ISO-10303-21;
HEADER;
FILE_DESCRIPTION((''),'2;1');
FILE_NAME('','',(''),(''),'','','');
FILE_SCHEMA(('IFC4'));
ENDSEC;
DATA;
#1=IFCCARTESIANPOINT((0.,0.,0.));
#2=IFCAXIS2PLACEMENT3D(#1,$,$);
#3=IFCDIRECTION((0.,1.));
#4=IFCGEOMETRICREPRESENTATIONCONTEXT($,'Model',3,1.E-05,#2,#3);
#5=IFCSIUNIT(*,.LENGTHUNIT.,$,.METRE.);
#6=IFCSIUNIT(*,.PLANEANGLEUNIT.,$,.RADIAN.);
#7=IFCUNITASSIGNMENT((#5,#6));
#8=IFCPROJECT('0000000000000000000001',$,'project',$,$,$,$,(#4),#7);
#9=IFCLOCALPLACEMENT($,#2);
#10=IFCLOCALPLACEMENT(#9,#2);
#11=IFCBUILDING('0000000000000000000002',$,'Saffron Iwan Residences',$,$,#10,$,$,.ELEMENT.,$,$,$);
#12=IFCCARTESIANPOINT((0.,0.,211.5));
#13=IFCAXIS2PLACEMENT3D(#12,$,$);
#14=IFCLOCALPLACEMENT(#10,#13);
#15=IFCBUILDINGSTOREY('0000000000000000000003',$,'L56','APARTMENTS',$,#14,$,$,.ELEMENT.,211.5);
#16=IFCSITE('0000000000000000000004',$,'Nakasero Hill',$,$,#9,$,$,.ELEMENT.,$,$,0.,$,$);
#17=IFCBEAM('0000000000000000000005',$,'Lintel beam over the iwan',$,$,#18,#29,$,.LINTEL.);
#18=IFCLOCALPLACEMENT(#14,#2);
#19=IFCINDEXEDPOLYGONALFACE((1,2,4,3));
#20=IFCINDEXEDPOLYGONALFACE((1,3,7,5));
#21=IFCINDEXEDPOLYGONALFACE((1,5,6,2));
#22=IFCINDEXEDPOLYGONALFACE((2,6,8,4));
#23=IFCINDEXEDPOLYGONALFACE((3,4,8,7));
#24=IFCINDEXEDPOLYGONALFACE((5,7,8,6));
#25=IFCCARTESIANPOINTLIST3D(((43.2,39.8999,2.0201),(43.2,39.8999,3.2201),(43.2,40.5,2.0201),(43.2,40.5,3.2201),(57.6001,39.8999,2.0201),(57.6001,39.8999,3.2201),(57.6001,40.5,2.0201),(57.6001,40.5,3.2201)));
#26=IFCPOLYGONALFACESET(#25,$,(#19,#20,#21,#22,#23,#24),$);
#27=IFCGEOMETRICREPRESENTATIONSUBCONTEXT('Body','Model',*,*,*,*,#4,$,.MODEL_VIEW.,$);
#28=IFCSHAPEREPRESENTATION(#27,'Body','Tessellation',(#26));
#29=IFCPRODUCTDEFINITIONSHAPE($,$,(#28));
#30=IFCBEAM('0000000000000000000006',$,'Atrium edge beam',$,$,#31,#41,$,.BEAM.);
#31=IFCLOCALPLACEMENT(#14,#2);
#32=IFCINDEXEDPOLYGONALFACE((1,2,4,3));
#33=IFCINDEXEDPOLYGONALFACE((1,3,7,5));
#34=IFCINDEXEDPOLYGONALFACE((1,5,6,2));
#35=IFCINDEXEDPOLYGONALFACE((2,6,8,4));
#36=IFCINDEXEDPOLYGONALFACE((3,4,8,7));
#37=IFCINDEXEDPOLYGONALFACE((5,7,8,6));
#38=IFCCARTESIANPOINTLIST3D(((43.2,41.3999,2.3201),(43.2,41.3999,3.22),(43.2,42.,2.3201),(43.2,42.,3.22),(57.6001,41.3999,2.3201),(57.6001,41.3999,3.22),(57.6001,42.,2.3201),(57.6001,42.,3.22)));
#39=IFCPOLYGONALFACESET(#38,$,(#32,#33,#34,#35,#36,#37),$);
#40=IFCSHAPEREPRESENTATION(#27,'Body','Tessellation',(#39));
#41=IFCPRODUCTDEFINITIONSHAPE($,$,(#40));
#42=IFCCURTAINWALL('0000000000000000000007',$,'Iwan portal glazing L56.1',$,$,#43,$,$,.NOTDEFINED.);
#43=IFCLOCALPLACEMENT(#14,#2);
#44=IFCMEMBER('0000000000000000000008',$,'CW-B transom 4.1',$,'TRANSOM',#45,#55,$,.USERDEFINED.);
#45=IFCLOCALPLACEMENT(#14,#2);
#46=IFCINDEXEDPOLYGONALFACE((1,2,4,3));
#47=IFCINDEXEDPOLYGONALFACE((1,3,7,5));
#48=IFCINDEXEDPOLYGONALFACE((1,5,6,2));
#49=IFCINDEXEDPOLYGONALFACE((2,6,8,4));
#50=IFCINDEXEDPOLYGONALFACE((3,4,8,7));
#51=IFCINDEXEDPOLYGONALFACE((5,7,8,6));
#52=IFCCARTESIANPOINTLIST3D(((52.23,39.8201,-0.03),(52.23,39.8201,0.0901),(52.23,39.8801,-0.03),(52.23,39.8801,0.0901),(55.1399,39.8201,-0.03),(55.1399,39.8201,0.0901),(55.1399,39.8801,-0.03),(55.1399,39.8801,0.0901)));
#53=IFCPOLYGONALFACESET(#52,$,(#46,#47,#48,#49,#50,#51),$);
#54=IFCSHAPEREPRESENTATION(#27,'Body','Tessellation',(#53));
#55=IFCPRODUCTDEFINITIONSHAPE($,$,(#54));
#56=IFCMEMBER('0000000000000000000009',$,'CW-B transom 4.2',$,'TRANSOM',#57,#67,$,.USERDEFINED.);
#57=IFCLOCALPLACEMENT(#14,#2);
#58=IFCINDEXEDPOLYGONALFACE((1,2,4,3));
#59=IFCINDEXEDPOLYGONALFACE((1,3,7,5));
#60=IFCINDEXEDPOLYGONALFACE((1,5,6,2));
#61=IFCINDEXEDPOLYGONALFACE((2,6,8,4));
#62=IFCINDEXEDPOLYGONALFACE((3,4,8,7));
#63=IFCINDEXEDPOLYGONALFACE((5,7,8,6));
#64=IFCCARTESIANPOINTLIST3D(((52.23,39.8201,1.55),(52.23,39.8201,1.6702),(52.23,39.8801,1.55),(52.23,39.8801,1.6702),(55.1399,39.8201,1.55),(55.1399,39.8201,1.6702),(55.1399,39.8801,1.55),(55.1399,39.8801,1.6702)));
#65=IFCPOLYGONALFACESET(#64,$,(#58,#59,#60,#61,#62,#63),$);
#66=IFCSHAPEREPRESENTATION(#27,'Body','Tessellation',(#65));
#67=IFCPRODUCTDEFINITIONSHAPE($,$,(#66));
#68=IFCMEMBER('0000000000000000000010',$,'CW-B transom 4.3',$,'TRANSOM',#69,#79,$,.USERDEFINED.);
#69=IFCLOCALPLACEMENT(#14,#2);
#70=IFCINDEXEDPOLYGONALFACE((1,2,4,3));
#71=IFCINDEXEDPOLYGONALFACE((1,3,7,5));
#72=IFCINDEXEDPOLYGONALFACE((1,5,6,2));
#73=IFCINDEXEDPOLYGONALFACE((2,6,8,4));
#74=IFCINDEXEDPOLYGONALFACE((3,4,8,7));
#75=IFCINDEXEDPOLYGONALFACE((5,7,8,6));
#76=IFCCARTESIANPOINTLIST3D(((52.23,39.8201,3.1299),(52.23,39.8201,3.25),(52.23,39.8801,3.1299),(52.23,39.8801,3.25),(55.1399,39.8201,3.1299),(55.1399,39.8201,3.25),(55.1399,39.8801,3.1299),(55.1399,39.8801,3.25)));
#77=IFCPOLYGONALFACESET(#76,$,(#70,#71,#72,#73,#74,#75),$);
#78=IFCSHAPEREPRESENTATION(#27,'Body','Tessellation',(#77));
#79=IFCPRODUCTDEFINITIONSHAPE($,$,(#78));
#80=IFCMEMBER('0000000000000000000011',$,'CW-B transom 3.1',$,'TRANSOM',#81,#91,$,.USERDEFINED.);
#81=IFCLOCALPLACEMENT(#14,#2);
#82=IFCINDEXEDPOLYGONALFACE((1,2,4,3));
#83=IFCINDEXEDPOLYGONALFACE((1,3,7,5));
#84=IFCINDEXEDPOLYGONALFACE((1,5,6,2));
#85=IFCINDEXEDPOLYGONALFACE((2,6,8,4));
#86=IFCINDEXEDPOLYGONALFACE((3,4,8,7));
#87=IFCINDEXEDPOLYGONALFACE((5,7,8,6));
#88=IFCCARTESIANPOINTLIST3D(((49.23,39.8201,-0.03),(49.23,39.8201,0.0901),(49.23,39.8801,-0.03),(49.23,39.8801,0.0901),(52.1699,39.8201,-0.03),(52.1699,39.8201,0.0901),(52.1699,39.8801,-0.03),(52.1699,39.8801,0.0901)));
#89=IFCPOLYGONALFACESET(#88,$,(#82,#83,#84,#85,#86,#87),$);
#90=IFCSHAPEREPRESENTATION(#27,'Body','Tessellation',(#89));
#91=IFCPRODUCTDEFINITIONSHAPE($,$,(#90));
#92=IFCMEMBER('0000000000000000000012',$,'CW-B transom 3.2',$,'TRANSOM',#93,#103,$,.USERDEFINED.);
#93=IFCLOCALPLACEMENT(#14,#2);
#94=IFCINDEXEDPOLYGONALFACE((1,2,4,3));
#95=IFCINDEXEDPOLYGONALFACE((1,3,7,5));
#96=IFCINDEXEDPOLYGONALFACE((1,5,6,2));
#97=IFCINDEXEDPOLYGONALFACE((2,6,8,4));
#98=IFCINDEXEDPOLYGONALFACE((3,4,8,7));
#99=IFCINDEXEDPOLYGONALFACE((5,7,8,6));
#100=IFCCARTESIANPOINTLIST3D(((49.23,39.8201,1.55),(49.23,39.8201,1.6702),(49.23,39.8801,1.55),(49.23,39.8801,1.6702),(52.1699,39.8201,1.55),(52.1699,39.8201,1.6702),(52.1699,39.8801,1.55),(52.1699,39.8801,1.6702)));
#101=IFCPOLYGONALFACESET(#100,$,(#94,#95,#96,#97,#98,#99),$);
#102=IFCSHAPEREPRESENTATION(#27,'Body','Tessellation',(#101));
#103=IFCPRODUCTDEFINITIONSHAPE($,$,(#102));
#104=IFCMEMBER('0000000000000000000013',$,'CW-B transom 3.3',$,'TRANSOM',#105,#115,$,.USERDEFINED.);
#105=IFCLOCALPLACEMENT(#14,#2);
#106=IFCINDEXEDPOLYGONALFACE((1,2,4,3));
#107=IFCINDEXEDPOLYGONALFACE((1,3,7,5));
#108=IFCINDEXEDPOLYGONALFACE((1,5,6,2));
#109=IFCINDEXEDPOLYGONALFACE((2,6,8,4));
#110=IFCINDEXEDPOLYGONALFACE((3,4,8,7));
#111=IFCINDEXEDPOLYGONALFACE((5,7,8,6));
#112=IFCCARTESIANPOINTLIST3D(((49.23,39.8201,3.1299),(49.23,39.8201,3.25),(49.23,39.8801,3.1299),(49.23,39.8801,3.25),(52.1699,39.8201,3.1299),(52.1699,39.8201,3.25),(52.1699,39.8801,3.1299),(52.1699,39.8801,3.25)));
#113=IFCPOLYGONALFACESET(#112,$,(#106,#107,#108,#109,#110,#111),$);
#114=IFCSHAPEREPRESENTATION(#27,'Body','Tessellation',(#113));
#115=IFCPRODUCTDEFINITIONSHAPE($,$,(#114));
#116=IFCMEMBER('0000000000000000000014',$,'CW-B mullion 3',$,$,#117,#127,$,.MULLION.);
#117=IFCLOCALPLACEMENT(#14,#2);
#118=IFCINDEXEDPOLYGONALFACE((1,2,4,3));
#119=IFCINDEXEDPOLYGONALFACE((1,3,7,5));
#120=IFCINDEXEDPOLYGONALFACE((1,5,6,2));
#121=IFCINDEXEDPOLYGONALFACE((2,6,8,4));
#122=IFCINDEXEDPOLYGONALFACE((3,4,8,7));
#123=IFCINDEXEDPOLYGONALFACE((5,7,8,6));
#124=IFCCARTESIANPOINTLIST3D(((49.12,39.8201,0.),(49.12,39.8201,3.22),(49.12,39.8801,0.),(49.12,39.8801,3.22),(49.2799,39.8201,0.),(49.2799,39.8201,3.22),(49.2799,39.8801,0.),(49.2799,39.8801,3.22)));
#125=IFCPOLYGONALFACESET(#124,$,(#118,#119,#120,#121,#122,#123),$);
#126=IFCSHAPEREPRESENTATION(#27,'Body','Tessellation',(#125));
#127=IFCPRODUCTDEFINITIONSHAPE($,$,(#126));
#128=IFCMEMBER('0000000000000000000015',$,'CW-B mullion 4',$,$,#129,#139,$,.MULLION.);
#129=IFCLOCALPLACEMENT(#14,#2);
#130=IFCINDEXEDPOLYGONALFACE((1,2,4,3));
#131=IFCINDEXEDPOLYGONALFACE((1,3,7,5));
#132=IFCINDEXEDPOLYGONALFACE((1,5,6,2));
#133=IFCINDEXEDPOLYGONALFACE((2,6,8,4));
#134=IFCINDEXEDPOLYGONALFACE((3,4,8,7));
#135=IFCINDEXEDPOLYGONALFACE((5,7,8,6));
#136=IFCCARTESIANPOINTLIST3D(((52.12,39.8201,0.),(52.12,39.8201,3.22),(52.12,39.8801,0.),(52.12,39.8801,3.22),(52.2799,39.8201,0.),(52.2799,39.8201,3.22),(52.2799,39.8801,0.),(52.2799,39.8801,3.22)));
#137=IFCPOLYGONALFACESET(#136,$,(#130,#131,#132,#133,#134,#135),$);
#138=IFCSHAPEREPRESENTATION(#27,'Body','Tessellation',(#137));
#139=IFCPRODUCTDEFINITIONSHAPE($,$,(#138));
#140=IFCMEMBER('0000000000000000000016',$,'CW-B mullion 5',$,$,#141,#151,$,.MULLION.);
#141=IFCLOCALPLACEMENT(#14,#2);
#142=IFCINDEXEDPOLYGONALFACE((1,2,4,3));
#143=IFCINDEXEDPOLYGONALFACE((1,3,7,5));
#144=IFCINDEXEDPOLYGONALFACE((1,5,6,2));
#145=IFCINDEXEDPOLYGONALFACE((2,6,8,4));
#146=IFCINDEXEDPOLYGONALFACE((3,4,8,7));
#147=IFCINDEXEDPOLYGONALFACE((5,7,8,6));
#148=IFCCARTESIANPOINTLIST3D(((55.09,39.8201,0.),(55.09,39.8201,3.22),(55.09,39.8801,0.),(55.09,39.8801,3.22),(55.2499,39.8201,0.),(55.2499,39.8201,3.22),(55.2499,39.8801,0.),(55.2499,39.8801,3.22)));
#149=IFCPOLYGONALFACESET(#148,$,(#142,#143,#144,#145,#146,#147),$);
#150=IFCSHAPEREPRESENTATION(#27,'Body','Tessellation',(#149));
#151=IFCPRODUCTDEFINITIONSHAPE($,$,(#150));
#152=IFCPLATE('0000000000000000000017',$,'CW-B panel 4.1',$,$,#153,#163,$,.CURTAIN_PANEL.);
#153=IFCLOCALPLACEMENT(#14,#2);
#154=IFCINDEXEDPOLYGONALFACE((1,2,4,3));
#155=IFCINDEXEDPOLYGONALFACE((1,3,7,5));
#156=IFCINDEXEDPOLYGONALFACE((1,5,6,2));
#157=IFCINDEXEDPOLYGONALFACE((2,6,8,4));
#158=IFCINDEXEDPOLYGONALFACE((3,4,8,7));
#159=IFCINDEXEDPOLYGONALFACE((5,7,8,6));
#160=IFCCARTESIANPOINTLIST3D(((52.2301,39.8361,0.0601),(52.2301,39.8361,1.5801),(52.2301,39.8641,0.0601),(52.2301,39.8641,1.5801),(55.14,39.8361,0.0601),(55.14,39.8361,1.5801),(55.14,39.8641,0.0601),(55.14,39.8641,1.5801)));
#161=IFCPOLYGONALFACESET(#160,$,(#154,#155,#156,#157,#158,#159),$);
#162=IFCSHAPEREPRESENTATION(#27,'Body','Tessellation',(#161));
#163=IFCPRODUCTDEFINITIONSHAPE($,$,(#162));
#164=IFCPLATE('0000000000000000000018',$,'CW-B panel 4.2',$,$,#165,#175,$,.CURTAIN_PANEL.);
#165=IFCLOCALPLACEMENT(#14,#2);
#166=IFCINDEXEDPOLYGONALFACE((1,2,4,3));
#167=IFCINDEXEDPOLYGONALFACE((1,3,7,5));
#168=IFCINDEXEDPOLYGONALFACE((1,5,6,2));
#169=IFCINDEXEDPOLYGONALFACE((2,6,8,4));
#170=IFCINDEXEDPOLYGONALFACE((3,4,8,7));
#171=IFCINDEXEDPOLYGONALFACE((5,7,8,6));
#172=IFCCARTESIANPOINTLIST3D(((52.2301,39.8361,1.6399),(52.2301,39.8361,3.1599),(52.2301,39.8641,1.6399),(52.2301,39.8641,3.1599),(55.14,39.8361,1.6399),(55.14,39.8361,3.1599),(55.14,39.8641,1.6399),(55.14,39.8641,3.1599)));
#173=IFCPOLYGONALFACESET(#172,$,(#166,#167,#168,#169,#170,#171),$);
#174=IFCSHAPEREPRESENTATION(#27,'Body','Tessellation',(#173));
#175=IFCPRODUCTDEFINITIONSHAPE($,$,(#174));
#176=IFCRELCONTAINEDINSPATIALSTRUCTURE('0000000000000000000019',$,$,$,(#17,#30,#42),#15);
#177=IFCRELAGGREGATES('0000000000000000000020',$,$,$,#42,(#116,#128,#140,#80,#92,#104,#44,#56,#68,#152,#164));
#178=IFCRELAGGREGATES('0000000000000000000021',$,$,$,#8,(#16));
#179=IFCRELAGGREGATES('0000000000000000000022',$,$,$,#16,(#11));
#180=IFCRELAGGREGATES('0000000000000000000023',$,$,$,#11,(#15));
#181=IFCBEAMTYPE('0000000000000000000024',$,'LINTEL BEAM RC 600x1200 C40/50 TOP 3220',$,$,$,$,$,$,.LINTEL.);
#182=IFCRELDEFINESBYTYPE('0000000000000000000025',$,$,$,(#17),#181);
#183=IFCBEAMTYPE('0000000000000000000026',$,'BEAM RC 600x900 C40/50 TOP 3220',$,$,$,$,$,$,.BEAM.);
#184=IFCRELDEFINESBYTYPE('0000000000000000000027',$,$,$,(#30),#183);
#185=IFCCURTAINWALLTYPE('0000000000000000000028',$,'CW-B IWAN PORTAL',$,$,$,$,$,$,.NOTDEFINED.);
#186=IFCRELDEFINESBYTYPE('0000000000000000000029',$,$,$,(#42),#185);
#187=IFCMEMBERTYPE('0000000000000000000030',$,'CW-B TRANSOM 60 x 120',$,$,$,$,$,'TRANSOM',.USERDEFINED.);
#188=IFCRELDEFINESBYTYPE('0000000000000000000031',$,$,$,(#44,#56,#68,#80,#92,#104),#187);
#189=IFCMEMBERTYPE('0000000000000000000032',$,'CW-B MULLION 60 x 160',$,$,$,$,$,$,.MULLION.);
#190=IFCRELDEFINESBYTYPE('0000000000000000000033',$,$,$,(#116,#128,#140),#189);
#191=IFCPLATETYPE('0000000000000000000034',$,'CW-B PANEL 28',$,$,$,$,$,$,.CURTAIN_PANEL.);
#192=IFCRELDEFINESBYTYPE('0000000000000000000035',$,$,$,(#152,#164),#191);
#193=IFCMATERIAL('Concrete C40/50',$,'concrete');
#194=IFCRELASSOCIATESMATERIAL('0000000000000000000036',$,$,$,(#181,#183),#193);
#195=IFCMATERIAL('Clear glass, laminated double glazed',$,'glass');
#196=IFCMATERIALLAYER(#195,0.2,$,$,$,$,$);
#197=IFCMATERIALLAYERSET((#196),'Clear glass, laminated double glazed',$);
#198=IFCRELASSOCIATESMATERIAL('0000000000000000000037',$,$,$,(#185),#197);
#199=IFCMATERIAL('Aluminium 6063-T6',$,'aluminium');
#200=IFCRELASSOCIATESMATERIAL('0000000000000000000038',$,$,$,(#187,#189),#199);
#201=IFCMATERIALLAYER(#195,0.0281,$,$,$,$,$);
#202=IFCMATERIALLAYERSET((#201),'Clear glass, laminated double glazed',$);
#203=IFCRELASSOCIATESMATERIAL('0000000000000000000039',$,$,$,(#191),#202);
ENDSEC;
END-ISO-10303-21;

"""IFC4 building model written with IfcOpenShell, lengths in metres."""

from ifc_helpers import new_model, si_unit, direction, frame, origin, origin_2d, place, context, subcontext, project, spatial, rectangle, extrude, source, transform, mapped, material, layer, layer_set, material_profile, profile_set, type_object, element, aggregate, save


model = new_model("IFC4")

# Units and contexts
model_context = context("Model", 3, precision=1e-05, world=origin(), true_north=direction((0.0, 1.0)))
body_context = subcontext(model_context, "Body", "Model", "MODEL_VIEW")
ifc_project = project(units=[si_unit("LENGTHUNIT", "METRE"), si_unit("PLANEANGLEUNIT", "RADIAN")], contexts=[model_context])

# Site, building, storey
site_placement = place(None, origin())
site = spatial("IfcSite", under=ifc_project, at=site_placement, Name="Nakasero Hill", CompositionType="ELEMENT", RefElevation=0.0)
building_placement = place(site_placement, origin())
building = spatial("IfcBuilding", under=site, at=building_placement, Name="Saffron Iwan Residences", CompositionType="ELEMENT")
storey_placement = place(building_placement, frame((0.0, 0.0, 211.5)))
storey = spatial("IfcBuildingStorey", under=building, at=storey_placement, Name="L56", Description="APARTMENTS", CompositionType="ELEMENT", Elevation=211.5)

# Beams
ifc_material_1 = material(Name="Concrete C40/50", Category="concrete")
ifc_material_profile_1 = material_profile(ifc_material_1, rectangle(XDim=0.6001, YDim=1.2, at=origin_2d()), Name="RC 600x1200")
ifc_profile_set_1 = profile_set([ifc_material_profile_1], Name="Concrete C40/50")
beam_type_1 = type_object("IfcBeamType", Name="LINTEL BEAM RC 600x1200 C40/50 TOP 3220", PredefinedType="LINTEL", material=ifc_profile_set_1)
shared_shape_1 = source(origin(), body_context, "Body", "SweptSolid", [
    extrude(rectangle(XDim=0.6001, YDim=1.2, at=origin_2d()), origin(), (0.0, 0.0, 1.0), 14.4001),
])
beam_1_placement = place(storey_placement, frame((57.6001, 40.2, 2.6201), z_axis=(-1.0, 0.0, 0.0), x_axis=(0.0, -1.0, 0.0)))
element("IfcBeam", 1, at=beam_1_placement, inside=storey, type_object=beam_type_1, Name="Lintel beam over the iwan", PredefinedType="LINTEL", context=body_context, shape_type="MappedRepresentation", body=[
    mapped(shared_shape_1, transform((0.0, 0.0, 0.0))),
])
ifc_material_profile_2 = material_profile(ifc_material_1, rectangle(XDim=0.6001, YDim=0.8999, at=origin_2d()), Name="RC 600x900")
ifc_profile_set_2 = profile_set([ifc_material_profile_2], Name="Concrete C40/50")
beam_type_2 = type_object("IfcBeamType", Name="BEAM RC 600x900 C40/50 TOP 3220", PredefinedType="BEAM", material=ifc_profile_set_2)
shared_shape_2 = source(origin(), body_context, "Body", "SweptSolid", [
    extrude(rectangle(XDim=0.6001, YDim=0.8999, at=origin_2d()), origin(), (0.0, 0.0, 1.0), 14.4001),
])
beam_2_placement = place(storey_placement, frame((57.6001, 41.7, 2.77), z_axis=(-1.0, 0.0, 0.0), x_axis=(0.0, -1.0, 0.0)))
element("IfcBeam", 2, at=beam_2_placement, inside=storey, type_object=beam_type_2, Name="Atrium edge beam", PredefinedType="BEAM", context=body_context, shape_type="MappedRepresentation", body=[
    mapped(shared_shape_2, transform((0.0, 0.0, 0.0))),
])

# Curtain wall, members, plates
ifc_material_2 = material(Name="Clear glass, laminated double glazed", Category="glass")
ifc_layer_1 = layer(ifc_material_2, 0.2)
ifc_layer_set_1 = layer_set([ifc_layer_1], Name="Clear glass, laminated double glazed")
curtain_wall_type = type_object("IfcCurtainWallType", Name="CW-B IWAN PORTAL", PredefinedType="NOTDEFINED", material=ifc_layer_set_1)
curtain_wall_placement = place(storey_placement, origin())
curtain_wall = element("IfcCurtainWall", 3, at=curtain_wall_placement, inside=storey, type_object=curtain_wall_type, Name="Iwan portal glazing L56.1", PredefinedType="NOTDEFINED")
ifc_material_3 = material(Name="Aluminium 6063-T6", Category="aluminium")
ifc_material_profile_3 = material_profile(ifc_material_3, rectangle(XDim=0.0601, YDim=0.1201, at=origin_2d()), Name="CW-B TRANSOM 60 x 120")
ifc_profile_set_3 = profile_set([ifc_material_profile_3], Name="Aluminium 6063-T6")
member_type_1 = type_object("IfcMemberType", Name="CW-B TRANSOM 60 x 120", ElementType="TRANSOM", PredefinedType="USERDEFINED", material=ifc_profile_set_3)
shared_shape_3 = source(origin(), body_context, "Body", "SweptSolid", [
    extrude(rectangle(XDim=0.0601, YDim=0.1201, at=origin_2d()), origin(), (0.0, 0.0, 1.0), 2.9099),
])
member_1_placement = place(storey_placement, frame((52.23, 39.8501, 0.03), z_axis=(1.0, 0.0, 0.0), x_axis=(0.0, 1.0, 0.0)))
member_1 = element("IfcMember", 4, at=member_1_placement, type_object=member_type_1, Name="CW-B transom 4.1", ObjectType="TRANSOM", PredefinedType="USERDEFINED", context=body_context, shape_type="MappedRepresentation", body=[
    mapped(shared_shape_3, transform((0.0, 0.0, 0.0))),
])
member_2_placement = place(storey_placement, frame((52.23, 39.8501, 1.6101), z_axis=(1.0, 0.0, 0.0), x_axis=(0.0, 1.0, 0.0)))
member_2 = element("IfcMember", 5, at=member_2_placement, type_object=member_type_1, Name="CW-B transom 4.2", ObjectType="TRANSOM", PredefinedType="USERDEFINED", context=body_context, shape_type="MappedRepresentation", body=[
    mapped(shared_shape_3, transform((0.0, 0.0, 0.0))),
])
member_3_placement = place(storey_placement, frame((52.23, 39.8501, 3.1899), z_axis=(1.0, 0.0, 0.0), x_axis=(0.0, 1.0, 0.0)))
member_3 = element("IfcMember", 6, at=member_3_placement, type_object=member_type_1, Name="CW-B transom 4.3", ObjectType="TRANSOM", PredefinedType="USERDEFINED", context=body_context, shape_type="MappedRepresentation", body=[
    mapped(shared_shape_3, transform((0.0, 0.0, 0.0))),
])
shared_shape_4 = source(origin(), body_context, "Body", "SweptSolid", [
    extrude(rectangle(XDim=0.0601, YDim=0.1201, at=origin_2d()), origin(), (0.0, 0.0, 1.0), 2.9399),
])
member_4_placement = place(storey_placement, frame((49.23, 39.8501, 0.03), z_axis=(1.0, 0.0, 0.0), x_axis=(0.0, 1.0, 0.0)))
member_4 = element("IfcMember", 7, at=member_4_placement, type_object=member_type_1, Name="CW-B transom 3.1", ObjectType="TRANSOM", PredefinedType="USERDEFINED", context=body_context, shape_type="MappedRepresentation", body=[
    mapped(shared_shape_4, transform((0.0, 0.0, 0.0))),
])
member_5_placement = place(storey_placement, frame((49.23, 39.8501, 1.6101), z_axis=(1.0, 0.0, 0.0), x_axis=(0.0, 1.0, 0.0)))
member_5 = element("IfcMember", 8, at=member_5_placement, type_object=member_type_1, Name="CW-B transom 3.2", ObjectType="TRANSOM", PredefinedType="USERDEFINED", context=body_context, shape_type="MappedRepresentation", body=[
    mapped(shared_shape_4, transform((0.0, 0.0, 0.0))),
])
member_6_placement = place(storey_placement, frame((49.23, 39.8501, 3.1899), z_axis=(1.0, 0.0, 0.0), x_axis=(0.0, 1.0, 0.0)))
member_6 = element("IfcMember", 9, at=member_6_placement, type_object=member_type_1, Name="CW-B transom 3.3", ObjectType="TRANSOM", PredefinedType="USERDEFINED", context=body_context, shape_type="MappedRepresentation", body=[
    mapped(shared_shape_4, transform((0.0, 0.0, 0.0))),
])
ifc_material_profile_4 = material_profile(ifc_material_3, rectangle(XDim=0.0601, YDim=0.1599, at=origin_2d()), Name="CW-B MULLION 60 x 160")
ifc_profile_set_4 = profile_set([ifc_material_profile_4], Name="Aluminium 6063-T6")
member_type_2 = type_object("IfcMemberType", Name="CW-B MULLION 60 x 160", PredefinedType="MULLION", material=ifc_profile_set_4)
shared_shape_5 = source(origin(), body_context, "Body", "SweptSolid", [
    extrude(rectangle(XDim=0.0601, YDim=0.1599, at=origin_2d()), origin(), (0.0, 0.0, 1.0), 3.22),
])
member_7_placement = place(storey_placement, frame((49.2, 39.8501, 0.0), z_axis=(0.0, 0.0, 1.0), x_axis=(0.0, 1.0, 0.0)))
member_7 = element("IfcMember", 10, at=member_7_placement, type_object=member_type_2, Name="CW-B mullion 3", PredefinedType="MULLION", context=body_context, shape_type="MappedRepresentation", body=[
    mapped(shared_shape_5, transform((0.0, 0.0, 0.0))),
])
member_8_placement = place(storey_placement, frame((52.2, 39.8501, 0.0), z_axis=(0.0, 0.0, 1.0), x_axis=(0.0, 1.0, 0.0)))
member_8 = element("IfcMember", 11, at=member_8_placement, type_object=member_type_2, Name="CW-B mullion 4", PredefinedType="MULLION", context=body_context, shape_type="MappedRepresentation", body=[
    mapped(shared_shape_5, transform((0.0, 0.0, 0.0))),
])
member_9_placement = place(storey_placement, frame((55.1699, 39.8501, 0.0), z_axis=(0.0, 0.0, 1.0), x_axis=(0.0, 1.0, 0.0)))
member_9 = element("IfcMember", 12, at=member_9_placement, type_object=member_type_2, Name="CW-B mullion 5", PredefinedType="MULLION", context=body_context, shape_type="MappedRepresentation", body=[
    mapped(shared_shape_5, transform((0.0, 0.0, 0.0))),
])
ifc_layer_2 = layer(ifc_material_2, 0.0281)
ifc_layer_set_2 = layer_set([ifc_layer_2], Name="Clear glass, laminated double glazed")
plate_type = type_object("IfcPlateType", Name="CW-B PANEL 28", PredefinedType="CURTAIN_PANEL", material=ifc_layer_set_2)
shared_shape_6 = source(origin(), body_context, "Body", "SweptSolid", [
    extrude(rectangle(XDim=2.9099, YDim=0.0281, at=origin_2d()), origin(), (0.0, 0.0, 1.0), 1.52),
])
plate_1_placement = place(storey_placement, frame((53.6851, 39.8501, 0.0601), z_axis=(0.0, 0.0, 1.0), x_axis=(1.0, 0.0, 0.0)))
plate_1 = element("IfcPlate", 13, at=plate_1_placement, type_object=plate_type, Name="CW-B panel 4.1", PredefinedType="CURTAIN_PANEL", context=body_context, shape_type="MappedRepresentation", body=[
    mapped(shared_shape_6, transform((0.0, 0.0, 0.0))),
])
plate_2_placement = place(storey_placement, frame((53.6851, 39.8501, 1.6399), z_axis=(0.0, 0.0, 1.0), x_axis=(1.0, 0.0, 0.0)))
plate_2 = element("IfcPlate", 14, at=plate_2_placement, type_object=plate_type, Name="CW-B panel 4.2", PredefinedType="CURTAIN_PANEL", context=body_context, shape_type="MappedRepresentation", body=[
    mapped(shared_shape_6, transform((0.0, 0.0, 0.0))),
])
aggregate(curtain_wall, [member_7, member_8, member_9, member_4, member_5, member_6, member_1, member_2, member_3, plate_1, plate_2])

save(model, "model.ifc")
